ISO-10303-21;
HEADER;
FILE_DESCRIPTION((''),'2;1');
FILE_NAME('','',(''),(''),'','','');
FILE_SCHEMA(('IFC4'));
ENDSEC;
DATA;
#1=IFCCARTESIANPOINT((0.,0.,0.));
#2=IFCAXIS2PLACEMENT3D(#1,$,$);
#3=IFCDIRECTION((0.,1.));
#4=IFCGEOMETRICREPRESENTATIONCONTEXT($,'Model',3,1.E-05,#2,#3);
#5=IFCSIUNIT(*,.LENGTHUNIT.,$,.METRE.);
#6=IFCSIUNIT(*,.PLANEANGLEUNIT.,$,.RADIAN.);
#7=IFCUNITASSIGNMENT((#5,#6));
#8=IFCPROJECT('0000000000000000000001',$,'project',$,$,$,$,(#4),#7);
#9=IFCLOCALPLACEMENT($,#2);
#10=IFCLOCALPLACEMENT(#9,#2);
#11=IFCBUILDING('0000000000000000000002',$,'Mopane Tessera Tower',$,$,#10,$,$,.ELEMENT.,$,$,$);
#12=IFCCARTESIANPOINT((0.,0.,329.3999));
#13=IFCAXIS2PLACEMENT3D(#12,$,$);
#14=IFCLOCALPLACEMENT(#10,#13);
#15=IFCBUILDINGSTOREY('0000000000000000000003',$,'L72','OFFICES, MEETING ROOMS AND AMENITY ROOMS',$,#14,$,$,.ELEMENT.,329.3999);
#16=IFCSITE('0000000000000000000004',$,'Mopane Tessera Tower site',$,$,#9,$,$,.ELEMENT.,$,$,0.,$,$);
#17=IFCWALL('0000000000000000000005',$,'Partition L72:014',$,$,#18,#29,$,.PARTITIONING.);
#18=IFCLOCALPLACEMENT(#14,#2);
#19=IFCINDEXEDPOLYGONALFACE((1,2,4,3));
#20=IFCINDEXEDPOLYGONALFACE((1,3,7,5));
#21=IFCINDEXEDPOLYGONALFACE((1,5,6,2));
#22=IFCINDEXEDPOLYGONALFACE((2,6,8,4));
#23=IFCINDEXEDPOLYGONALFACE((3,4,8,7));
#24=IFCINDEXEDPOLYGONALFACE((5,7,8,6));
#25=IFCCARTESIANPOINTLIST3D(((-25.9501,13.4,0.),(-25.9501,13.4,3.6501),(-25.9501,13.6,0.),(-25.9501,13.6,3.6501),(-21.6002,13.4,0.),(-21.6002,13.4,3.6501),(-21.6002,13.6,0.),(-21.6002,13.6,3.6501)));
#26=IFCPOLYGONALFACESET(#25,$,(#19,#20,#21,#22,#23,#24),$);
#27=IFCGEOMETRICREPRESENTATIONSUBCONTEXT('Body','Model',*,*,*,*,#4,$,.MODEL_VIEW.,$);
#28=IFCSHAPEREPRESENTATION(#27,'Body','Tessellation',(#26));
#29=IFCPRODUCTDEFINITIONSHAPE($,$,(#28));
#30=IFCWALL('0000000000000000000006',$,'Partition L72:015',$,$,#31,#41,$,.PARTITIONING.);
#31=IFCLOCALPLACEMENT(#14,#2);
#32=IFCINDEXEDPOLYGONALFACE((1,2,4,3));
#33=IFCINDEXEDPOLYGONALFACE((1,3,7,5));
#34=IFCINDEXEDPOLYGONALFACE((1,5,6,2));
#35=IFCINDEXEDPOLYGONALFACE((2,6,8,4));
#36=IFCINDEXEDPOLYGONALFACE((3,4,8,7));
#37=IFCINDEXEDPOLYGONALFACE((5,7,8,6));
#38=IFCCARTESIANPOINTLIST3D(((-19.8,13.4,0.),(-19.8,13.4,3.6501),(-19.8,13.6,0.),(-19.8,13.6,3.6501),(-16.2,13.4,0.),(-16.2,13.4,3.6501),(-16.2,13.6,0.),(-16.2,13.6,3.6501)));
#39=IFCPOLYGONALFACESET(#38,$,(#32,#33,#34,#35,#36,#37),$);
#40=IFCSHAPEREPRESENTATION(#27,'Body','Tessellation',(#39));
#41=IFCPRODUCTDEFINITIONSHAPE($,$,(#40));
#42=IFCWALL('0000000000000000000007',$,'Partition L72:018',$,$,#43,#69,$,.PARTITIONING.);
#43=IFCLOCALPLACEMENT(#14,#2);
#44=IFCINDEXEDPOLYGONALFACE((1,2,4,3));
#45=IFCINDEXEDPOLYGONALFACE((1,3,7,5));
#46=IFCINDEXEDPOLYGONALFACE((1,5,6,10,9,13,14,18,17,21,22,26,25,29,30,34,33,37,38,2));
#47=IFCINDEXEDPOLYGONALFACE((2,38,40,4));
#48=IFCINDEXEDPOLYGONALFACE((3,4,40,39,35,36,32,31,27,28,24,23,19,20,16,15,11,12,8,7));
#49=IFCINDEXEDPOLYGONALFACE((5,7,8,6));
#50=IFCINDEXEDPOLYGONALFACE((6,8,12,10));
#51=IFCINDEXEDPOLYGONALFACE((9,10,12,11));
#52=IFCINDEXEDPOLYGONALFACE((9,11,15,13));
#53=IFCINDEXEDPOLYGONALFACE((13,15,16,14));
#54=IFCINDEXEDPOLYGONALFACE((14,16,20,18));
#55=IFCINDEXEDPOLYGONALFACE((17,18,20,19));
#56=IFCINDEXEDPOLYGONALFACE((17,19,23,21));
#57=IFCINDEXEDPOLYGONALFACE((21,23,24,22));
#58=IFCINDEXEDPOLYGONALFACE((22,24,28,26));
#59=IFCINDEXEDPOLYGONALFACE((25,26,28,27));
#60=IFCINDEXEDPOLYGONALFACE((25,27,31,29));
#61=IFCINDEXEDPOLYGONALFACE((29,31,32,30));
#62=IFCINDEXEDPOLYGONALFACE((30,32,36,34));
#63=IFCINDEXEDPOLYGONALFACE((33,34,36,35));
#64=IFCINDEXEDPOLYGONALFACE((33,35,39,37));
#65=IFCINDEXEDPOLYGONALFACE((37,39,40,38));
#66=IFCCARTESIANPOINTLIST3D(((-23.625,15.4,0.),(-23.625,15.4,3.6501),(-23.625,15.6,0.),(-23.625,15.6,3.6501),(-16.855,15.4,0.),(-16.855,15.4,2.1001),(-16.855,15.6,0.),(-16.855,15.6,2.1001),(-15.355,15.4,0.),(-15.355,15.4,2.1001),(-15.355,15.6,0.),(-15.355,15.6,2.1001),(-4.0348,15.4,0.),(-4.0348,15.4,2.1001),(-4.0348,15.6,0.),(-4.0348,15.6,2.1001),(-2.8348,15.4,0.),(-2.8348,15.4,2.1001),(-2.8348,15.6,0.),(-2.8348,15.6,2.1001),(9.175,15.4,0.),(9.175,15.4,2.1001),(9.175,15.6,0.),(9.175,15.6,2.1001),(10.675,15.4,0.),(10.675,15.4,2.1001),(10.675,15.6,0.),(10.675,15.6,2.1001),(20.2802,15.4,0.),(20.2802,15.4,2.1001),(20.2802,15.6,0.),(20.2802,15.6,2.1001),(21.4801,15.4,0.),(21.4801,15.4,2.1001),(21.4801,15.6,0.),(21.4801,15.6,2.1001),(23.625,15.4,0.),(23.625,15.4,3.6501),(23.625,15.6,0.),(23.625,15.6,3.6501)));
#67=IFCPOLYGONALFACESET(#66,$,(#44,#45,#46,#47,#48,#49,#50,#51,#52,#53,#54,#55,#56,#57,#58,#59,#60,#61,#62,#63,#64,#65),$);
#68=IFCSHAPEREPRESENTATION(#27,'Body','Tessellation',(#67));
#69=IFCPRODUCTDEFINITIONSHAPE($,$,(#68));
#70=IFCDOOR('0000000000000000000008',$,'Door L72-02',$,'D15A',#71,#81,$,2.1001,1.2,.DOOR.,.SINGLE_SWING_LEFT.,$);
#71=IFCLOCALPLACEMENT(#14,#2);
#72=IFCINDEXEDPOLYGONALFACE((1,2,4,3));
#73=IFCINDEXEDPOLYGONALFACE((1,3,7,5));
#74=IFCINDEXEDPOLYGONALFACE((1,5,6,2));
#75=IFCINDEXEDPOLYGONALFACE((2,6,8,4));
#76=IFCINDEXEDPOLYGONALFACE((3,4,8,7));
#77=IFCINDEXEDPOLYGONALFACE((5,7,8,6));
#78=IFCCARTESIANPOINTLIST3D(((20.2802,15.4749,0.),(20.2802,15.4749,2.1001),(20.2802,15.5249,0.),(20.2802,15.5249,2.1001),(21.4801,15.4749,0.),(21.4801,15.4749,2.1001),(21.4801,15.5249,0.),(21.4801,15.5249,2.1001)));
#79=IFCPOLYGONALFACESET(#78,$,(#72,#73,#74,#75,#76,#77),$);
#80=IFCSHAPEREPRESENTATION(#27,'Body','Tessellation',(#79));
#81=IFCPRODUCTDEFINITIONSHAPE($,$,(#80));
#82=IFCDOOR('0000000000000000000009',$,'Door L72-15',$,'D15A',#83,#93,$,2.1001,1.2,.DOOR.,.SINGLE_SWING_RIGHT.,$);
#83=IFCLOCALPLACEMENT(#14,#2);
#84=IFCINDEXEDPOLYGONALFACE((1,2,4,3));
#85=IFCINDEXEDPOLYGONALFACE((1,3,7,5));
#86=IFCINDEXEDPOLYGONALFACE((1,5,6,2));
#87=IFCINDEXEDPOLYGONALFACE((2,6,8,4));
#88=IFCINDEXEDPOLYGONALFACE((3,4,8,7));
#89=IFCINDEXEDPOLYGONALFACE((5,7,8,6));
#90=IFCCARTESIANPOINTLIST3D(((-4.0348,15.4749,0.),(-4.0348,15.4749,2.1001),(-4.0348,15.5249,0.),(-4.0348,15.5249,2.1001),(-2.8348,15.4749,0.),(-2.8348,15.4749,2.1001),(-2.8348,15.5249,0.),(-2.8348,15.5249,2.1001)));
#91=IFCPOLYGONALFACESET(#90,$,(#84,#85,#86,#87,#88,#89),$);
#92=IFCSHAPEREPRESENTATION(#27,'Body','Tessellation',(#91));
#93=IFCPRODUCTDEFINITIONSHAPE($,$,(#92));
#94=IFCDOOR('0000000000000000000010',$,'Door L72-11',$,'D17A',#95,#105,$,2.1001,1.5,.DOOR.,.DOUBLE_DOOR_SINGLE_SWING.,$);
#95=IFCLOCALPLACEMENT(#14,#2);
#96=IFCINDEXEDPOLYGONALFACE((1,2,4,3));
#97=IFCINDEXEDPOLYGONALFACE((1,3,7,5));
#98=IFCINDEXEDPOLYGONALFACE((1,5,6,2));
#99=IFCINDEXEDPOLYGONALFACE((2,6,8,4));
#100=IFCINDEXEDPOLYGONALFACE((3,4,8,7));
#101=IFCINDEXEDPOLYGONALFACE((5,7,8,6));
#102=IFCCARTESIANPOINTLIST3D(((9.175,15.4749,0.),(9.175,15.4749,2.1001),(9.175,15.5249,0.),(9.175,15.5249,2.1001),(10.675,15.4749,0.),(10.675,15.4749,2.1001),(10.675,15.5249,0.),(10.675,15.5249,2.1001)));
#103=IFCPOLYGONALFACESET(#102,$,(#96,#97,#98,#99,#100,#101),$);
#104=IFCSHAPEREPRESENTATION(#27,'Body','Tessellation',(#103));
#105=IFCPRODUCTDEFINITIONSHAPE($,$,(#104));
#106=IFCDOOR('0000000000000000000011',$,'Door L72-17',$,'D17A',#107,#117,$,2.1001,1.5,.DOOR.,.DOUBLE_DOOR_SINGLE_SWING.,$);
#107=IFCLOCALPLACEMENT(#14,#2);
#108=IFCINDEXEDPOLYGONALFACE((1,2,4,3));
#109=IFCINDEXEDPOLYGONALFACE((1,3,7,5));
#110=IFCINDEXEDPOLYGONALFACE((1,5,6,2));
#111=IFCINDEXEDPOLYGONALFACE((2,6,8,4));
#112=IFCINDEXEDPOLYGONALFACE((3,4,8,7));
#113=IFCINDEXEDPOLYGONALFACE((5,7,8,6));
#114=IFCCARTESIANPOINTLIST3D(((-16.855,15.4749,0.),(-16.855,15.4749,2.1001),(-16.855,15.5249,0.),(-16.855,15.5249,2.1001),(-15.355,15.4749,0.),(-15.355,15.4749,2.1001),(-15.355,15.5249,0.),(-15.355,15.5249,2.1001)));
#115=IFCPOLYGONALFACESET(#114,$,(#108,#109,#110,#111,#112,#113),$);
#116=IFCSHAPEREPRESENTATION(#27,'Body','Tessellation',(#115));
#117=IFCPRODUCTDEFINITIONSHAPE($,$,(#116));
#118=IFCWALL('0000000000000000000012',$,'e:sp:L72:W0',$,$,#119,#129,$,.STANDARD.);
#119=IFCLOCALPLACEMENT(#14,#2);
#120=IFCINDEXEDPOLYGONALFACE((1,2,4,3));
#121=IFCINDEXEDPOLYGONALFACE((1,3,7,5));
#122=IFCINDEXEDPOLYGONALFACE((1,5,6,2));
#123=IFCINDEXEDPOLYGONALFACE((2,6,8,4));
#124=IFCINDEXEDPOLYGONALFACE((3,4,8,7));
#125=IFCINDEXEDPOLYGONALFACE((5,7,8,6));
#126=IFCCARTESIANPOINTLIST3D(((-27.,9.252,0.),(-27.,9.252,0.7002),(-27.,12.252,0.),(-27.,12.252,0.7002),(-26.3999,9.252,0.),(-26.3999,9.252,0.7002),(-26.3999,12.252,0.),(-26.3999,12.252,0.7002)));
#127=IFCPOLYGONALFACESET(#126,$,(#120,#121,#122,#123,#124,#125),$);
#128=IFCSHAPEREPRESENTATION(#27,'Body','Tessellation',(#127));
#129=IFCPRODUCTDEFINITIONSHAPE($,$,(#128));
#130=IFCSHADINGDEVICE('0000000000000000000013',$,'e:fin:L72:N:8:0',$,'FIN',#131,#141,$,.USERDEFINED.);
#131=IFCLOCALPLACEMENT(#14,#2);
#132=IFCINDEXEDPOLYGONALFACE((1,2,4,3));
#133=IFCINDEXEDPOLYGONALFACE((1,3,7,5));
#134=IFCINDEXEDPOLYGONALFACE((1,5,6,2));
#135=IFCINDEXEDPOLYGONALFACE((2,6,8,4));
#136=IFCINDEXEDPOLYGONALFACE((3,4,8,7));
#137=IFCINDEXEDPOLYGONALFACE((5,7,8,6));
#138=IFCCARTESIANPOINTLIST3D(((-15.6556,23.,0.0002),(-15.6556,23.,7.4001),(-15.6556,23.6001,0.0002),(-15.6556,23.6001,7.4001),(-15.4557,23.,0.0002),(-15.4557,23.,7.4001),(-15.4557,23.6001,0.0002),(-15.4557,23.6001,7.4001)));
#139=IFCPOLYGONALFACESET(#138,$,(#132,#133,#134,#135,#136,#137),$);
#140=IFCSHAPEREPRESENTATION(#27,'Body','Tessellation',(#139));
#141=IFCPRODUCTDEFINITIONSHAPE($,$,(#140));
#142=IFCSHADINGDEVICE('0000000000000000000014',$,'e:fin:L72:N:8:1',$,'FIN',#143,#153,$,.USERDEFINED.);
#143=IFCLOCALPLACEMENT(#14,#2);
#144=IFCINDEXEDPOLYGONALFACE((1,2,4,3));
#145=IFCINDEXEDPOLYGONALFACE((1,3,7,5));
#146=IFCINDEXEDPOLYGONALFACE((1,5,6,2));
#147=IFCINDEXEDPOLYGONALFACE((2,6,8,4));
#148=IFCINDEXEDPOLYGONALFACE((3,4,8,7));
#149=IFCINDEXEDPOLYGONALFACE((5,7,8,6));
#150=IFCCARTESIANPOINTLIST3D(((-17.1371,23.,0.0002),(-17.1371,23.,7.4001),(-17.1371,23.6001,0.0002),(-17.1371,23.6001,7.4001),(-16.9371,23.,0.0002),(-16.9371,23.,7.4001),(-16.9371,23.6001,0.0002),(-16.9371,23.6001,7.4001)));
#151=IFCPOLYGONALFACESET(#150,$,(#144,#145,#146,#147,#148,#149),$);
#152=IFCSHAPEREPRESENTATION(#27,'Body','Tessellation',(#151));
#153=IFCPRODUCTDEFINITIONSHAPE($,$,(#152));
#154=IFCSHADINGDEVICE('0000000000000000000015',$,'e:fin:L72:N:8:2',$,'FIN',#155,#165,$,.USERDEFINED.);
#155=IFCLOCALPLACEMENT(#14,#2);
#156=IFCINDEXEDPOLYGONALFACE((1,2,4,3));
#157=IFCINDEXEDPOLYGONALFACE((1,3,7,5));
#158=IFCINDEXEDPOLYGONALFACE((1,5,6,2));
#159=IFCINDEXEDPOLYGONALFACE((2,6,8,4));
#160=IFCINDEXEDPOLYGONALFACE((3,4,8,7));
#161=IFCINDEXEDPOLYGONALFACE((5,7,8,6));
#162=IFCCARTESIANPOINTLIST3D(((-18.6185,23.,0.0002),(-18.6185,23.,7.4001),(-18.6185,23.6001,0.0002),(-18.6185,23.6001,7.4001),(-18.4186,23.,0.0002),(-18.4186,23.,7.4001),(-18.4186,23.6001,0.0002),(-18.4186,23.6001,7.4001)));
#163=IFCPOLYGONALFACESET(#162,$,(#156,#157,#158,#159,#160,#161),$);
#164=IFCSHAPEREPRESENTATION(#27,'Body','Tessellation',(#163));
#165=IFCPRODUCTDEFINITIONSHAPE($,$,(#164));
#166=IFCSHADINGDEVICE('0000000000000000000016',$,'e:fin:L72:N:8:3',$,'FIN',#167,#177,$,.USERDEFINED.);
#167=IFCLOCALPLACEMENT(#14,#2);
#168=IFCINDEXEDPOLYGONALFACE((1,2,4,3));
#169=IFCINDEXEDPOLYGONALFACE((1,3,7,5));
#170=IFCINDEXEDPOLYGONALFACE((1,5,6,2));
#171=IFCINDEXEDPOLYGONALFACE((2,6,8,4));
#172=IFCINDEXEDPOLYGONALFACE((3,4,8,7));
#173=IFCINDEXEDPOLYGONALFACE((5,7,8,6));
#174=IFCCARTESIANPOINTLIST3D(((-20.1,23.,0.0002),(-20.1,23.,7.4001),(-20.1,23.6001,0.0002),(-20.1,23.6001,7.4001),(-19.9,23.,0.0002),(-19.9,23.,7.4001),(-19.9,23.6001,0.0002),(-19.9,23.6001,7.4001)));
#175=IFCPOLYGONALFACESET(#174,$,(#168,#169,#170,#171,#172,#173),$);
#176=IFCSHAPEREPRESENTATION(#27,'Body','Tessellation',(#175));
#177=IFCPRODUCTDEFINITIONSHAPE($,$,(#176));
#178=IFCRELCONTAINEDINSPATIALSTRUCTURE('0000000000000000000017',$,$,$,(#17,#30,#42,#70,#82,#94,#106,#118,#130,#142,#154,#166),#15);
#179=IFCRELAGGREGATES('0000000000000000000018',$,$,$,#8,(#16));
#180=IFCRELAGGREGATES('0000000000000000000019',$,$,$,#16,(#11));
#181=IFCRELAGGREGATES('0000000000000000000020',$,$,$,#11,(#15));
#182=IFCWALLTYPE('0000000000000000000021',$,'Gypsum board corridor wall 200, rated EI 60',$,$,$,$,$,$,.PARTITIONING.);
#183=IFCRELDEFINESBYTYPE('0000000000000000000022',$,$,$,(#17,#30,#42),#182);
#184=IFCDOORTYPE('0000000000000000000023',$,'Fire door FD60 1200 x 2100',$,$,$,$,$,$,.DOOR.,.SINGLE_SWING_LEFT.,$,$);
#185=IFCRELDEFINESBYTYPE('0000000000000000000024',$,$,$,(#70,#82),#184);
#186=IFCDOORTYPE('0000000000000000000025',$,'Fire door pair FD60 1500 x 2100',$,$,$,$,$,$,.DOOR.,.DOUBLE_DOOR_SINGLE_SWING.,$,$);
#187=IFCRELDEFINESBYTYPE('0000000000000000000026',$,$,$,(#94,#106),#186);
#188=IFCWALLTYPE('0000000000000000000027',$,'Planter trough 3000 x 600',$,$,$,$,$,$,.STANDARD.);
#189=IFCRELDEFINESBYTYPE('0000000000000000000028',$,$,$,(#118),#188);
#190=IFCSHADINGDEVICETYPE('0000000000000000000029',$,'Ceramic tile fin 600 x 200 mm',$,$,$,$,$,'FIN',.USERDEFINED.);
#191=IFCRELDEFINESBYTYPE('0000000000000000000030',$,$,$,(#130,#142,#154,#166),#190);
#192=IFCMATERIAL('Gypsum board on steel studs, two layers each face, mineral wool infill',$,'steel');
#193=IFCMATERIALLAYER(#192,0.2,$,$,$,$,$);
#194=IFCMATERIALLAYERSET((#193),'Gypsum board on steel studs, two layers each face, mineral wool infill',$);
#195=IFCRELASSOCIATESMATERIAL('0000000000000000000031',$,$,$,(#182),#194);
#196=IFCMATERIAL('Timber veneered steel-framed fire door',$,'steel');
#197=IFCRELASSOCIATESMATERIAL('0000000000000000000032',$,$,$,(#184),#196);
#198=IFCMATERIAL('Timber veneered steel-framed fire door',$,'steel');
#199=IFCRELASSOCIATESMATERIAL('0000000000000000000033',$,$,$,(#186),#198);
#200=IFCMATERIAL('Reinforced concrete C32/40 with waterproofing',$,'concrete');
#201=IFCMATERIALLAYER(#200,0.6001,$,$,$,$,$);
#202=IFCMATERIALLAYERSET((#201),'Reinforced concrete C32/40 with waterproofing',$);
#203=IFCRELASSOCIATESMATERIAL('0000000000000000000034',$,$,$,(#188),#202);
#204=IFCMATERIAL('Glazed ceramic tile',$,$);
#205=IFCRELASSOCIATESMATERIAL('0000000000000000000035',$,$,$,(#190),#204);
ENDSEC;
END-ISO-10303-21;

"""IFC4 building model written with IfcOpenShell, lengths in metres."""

from ifc_helpers import new_model, si_unit, direction, frame, frame_2d, origin, origin_2d, place, context, subcontext, project, spatial, rectangle, extrude, material, layer, layer_set, type_object, element, fill, save


model = new_model("IFC4")

# Units and contexts
model_context = context("Model", 3, precision=1e-05, world=origin(), true_north=direction((0.0, 1.0)))
body_context = subcontext(model_context, "Body", "Model", "MODEL_VIEW")
ifc_project = project(units=[si_unit("LENGTHUNIT", "METRE"), si_unit("PLANEANGLEUNIT", "RADIAN")], contexts=[model_context])

# Site, building, storey
site_placement = place(None, origin())
site = spatial("IfcSite", under=ifc_project, at=site_placement, Name="Mopane Tessera Tower site", CompositionType="ELEMENT", RefElevation=0.0)
building_placement = place(site_placement, origin())
building = spatial("IfcBuilding", under=site, at=building_placement, Name="Mopane Tessera Tower", CompositionType="ELEMENT")
storey_placement = place(building_placement, frame((0.0, 0.0, 329.3999)))
storey = spatial("IfcBuildingStorey", under=building, at=storey_placement, Name="L72", Description="OFFICES, MEETING ROOMS AND AMENITY ROOMS", CompositionType="ELEMENT", Elevation=329.3999)

# Walls
ifc_material_1 = material(Name="Gypsum board on steel studs, two layers each face, mineral wool infill", Category="steel")
ifc_layer_1 = layer(ifc_material_1, 0.2)
ifc_layer_set_1 = layer_set([ifc_layer_1], Name="Gypsum board on steel studs, two layers each face, mineral wool infill")
wall_type_1 = type_object("IfcWallType", Name="Gypsum board corridor wall 200, rated EI 60", PredefinedType="PARTITIONING", material=ifc_layer_set_1)
wall_1_placement = place(storey_placement, frame((-25.95, 13.5, 0.0), z_axis=(0.0, 0.0, 1.0), x_axis=(1.0, 0.0, 0.0)))
element("IfcWall", 1, at=wall_1_placement, inside=storey, type_object=wall_type_1, Name="Partition L72:014", PredefinedType="PARTITIONING", context=body_context, shape_type="SweptSolid", body=[
    extrude(rectangle(XDim=4.3499, YDim=0.2, at=frame_2d((2.1748, 0.0))), origin(), (0.0, 0.0, 1.0), 3.6501),
])
wall_2_placement = place(storey_placement, frame((-19.8, 13.5, 0.0), z_axis=(0.0, 0.0, 1.0), x_axis=(1.0, 0.0, 0.0)))
element("IfcWall", 2, at=wall_2_placement, inside=storey, type_object=wall_type_1, Name="Partition L72:015", PredefinedType="PARTITIONING", context=body_context, shape_type="SweptSolid", body=[
    extrude(rectangle(XDim=3.6001, YDim=0.2, at=frame_2d((1.8, 0.0))), origin(), (0.0, 0.0, 1.0), 3.6501),
])

# Wall, openings, doors
wall_3_placement = place(storey_placement, frame((-23.625, 15.5, 0.0), z_axis=(0.0, 0.0, 1.0), x_axis=(1.0, 0.0, 0.0)))
wall_3 = element("IfcWall", 3, at=wall_3_placement, inside=storey, type_object=wall_type_1, Name="Partition L72:018", PredefinedType="PARTITIONING", context=body_context, shape_type="SweptSolid", body=[
    extrude(rectangle(XDim=47.25, YDim=0.2, at=frame_2d((23.625, 0.0))), origin(), (0.0, 0.0, 1.0), 3.6501),
])
opening_1_placement = place(wall_3_placement, frame((43.905, 0.0, 0.0)))
opening_1 = element("IfcOpeningElement", 4, at=opening_1_placement, cuts=wall_3, PredefinedType="OPENING", context=body_context, shape_type="SweptSolid", body=[
    extrude(rectangle(XDim=1.2, YDim=2.1001, at=frame_2d((0.6001, 1.05))), frame((0.0, 0.1121, 0.0), z_axis=(0.0, -1.0, 0.0), x_axis=(1.0, 0.0, 0.0)), (0.0, 0.0, 1.0), 0.2239),
])
opening_2_placement = place(wall_3_placement, frame((32.8, 0.0, 0.0)))
opening_2 = element("IfcOpeningElement", 5, at=opening_2_placement, cuts=wall_3, PredefinedType="OPENING", context=body_context, shape_type="SweptSolid", body=[
    extrude(rectangle(XDim=1.5, YDim=2.1001, at=frame_2d((0.75, 1.05))), frame((0.0, 0.1121, 0.0), z_axis=(0.0, -1.0, 0.0), x_axis=(1.0, 0.0, 0.0)), (0.0, 0.0, 1.0), 0.2239),
])
opening_3_placement = place(wall_3_placement, frame((19.5901, 0.0, 0.0)))
opening_3 = element("IfcOpeningElement", 6, at=opening_3_placement, cuts=wall_3, PredefinedType="OPENING", context=body_context, shape_type="SweptSolid", body=[
    extrude(rectangle(XDim=1.2, YDim=2.1001, at=frame_2d((0.6001, 1.05))), frame((0.0, 0.1121, 0.0), z_axis=(0.0, -1.0, 0.0), x_axis=(1.0, 0.0, 0.0)), (0.0, 0.0, 1.0), 0.2239),
])
opening_4_placement = place(wall_3_placement, frame((6.77, 0.0, 0.0)))
opening_4 = element("IfcOpeningElement", 7, at=opening_4_placement, cuts=wall_3, PredefinedType="OPENING", context=body_context, shape_type="SweptSolid", body=[
    extrude(rectangle(XDim=1.5, YDim=2.1001, at=frame_2d((0.75, 1.05))), frame((0.0, 0.1121, 0.0), z_axis=(0.0, -1.0, 0.0), x_axis=(1.0, 0.0, 0.0)), (0.0, 0.0, 1.0), 0.2239),
])
ifc_material_2 = material(Name="Timber veneered steel-framed fire door", Category="steel")
door_type_1 = type_object("IfcDoorType", Name="Fire door FD60 1200 x 2100", OperationType="SINGLE_SWING_LEFT", PredefinedType="DOOR", material=ifc_material_2)
door_1_placement = place(opening_1_placement, origin())
door_1 = element("IfcDoor", 8, at=door_1_placement, inside=storey, type_object=door_type_1, Name="Door L72-02", ObjectType="D15A", OperationType="SINGLE_SWING_LEFT", OverallHeight=2.1001, OverallWidth=1.2, PredefinedType="DOOR", context=body_context, shape_type="SweptSolid", body=[
    extrude(rectangle(XDim=1.2, YDim=2.1001, at=frame_2d((0.6001, 1.05))), frame((0.0, 0.0249, 0.0), z_axis=(0.0, -1.0, 0.0), x_axis=(1.0, 0.0, 0.0)), (0.0, 0.0, 1.0), 0.05),
])
fill(opening_1, door_1)
door_2_placement = place(opening_3_placement, origin())
door_2 = element("IfcDoor", 9, at=door_2_placement, inside=storey, type_object=door_type_1, Name="Door L72-15", ObjectType="D15A", OperationType="SINGLE_SWING_RIGHT", OverallHeight=2.1001, OverallWidth=1.2, PredefinedType="DOOR", context=body_context, shape_type="SweptSolid", body=[
    extrude(rectangle(XDim=1.2, YDim=2.1001, at=frame_2d((0.6001, 1.05))), frame((0.0, 0.0249, 0.0), z_axis=(0.0, -1.0, 0.0), x_axis=(1.0, 0.0, 0.0)), (0.0, 0.0, 1.0), 0.05),
])
fill(opening_3, door_2)
ifc_material_3 = material(Name="Timber veneered steel-framed fire door", Category="steel")
door_type_2 = type_object("IfcDoorType", Name="Fire door pair FD60 1500 x 2100", OperationType="DOUBLE_DOOR_SINGLE_SWING", PredefinedType="DOOR", material=ifc_material_3)
door_3_placement = place(opening_2_placement, origin())
door_3 = element("IfcDoor", 10, at=door_3_placement, inside=storey, type_object=door_type_2, Name="Door L72-11", ObjectType="D17A", OperationType="DOUBLE_DOOR_SINGLE_SWING", OverallHeight=2.1001, OverallWidth=1.5, PredefinedType="DOOR", context=body_context, shape_type="SweptSolid", body=[
    extrude(rectangle(XDim=1.5, YDim=2.1001, at=frame_2d((0.75, 1.05))), frame((0.0, 0.0249, 0.0), z_axis=(0.0, -1.0, 0.0), x_axis=(1.0, 0.0, 0.0)), (0.0, 0.0, 1.0), 0.05),
])
fill(opening_2, door_3)
door_4_placement = place(opening_4_placement, origin())
door_4 = element("IfcDoor", 11, at=door_4_placement, inside=storey, type_object=door_type_2, Name="Door L72-17", ObjectType="D17A", OperationType="DOUBLE_DOOR_SINGLE_SWING", OverallHeight=2.1001, OverallWidth=1.5, PredefinedType="DOOR", context=body_context, shape_type="SweptSolid", body=[
    extrude(rectangle(XDim=1.5, YDim=2.1001, at=frame_2d((0.75, 1.05))), frame((0.0, 0.0249, 0.0), z_axis=(0.0, -1.0, 0.0), x_axis=(1.0, 0.0, 0.0)), (0.0, 0.0, 1.0), 0.05),
])
fill(opening_4, door_4)

# Wall
ifc_material_4 = material(Name="Reinforced concrete C32/40 with waterproofing", Category="concrete")
ifc_layer_2 = layer(ifc_material_4, 0.6001)
ifc_layer_set_2 = layer_set([ifc_layer_2], Name="Reinforced concrete C32/40 with waterproofing")
wall_type_2 = type_object("IfcWallType", Name="Planter trough 3000 x 600", PredefinedType="STANDARD", material=ifc_layer_set_2)
wall_4_placement = place(storey_placement, frame((-26.7, 12.252, 0.0), z_axis=(0.0, 0.0, 1.0), x_axis=(0.0, -1.0, 0.0)))
element("IfcWall", 12, at=wall_4_placement, inside=storey, type_object=wall_type_2, Name="e:sp:L72:W0", PredefinedType="STANDARD", context=body_context, shape_type="SweptSolid", body=[
    extrude(rectangle(XDim=3.0, YDim=0.6001, at=frame_2d((1.5, 0.0))), origin(), (0.0, 0.0, 1.0), 0.7002),
])

# Shading devices
ifc_material_5 = material(Name="Glazed ceramic tile")
shading_device_type = type_object("IfcShadingDeviceType", Name="Ceramic tile fin 600 x 200 mm", ElementType="FIN", PredefinedType="USERDEFINED", material=ifc_material_5)
for number, where, z_axis, x_axis, name in (
    (13, (-15.5557, 23.3, 0.0002), (0.0, 0.0, 1.0), (-1.0, 0.0, 0.0), "e:fin:L72:N:8:0"),
    (14, (-17.0371, 23.3, 0.0002), (0.0, 0.0, 1.0), (-1.0, 0.0, 0.0), "e:fin:L72:N:8:1"),
    (15, (-18.5186, 23.3, 0.0002), (0.0, 0.0, 1.0), (-1.0, 0.0, 0.0), "e:fin:L72:N:8:2"),
    (16, (-20.0, 23.3, 0.0002), (0.0, 0.0, 1.0), (-1.0, 0.0, 0.0), "e:fin:L72:N:8:3"),
):
    element("IfcShadingDevice", number, at=place(storey_placement, frame(where, z_axis=z_axis, x_axis=x_axis)), inside=storey, type_object=shading_device_type, Name=name, ObjectType="FIN", PredefinedType="USERDEFINED", context=body_context, shape_type="SweptSolid", body=[
        extrude(rectangle(XDim=0.2, YDim=0.6001, at=origin_2d()), origin(), (0.0, 0.0, 1.0), 7.3999),
    ])

save(model, "model.ifc")
